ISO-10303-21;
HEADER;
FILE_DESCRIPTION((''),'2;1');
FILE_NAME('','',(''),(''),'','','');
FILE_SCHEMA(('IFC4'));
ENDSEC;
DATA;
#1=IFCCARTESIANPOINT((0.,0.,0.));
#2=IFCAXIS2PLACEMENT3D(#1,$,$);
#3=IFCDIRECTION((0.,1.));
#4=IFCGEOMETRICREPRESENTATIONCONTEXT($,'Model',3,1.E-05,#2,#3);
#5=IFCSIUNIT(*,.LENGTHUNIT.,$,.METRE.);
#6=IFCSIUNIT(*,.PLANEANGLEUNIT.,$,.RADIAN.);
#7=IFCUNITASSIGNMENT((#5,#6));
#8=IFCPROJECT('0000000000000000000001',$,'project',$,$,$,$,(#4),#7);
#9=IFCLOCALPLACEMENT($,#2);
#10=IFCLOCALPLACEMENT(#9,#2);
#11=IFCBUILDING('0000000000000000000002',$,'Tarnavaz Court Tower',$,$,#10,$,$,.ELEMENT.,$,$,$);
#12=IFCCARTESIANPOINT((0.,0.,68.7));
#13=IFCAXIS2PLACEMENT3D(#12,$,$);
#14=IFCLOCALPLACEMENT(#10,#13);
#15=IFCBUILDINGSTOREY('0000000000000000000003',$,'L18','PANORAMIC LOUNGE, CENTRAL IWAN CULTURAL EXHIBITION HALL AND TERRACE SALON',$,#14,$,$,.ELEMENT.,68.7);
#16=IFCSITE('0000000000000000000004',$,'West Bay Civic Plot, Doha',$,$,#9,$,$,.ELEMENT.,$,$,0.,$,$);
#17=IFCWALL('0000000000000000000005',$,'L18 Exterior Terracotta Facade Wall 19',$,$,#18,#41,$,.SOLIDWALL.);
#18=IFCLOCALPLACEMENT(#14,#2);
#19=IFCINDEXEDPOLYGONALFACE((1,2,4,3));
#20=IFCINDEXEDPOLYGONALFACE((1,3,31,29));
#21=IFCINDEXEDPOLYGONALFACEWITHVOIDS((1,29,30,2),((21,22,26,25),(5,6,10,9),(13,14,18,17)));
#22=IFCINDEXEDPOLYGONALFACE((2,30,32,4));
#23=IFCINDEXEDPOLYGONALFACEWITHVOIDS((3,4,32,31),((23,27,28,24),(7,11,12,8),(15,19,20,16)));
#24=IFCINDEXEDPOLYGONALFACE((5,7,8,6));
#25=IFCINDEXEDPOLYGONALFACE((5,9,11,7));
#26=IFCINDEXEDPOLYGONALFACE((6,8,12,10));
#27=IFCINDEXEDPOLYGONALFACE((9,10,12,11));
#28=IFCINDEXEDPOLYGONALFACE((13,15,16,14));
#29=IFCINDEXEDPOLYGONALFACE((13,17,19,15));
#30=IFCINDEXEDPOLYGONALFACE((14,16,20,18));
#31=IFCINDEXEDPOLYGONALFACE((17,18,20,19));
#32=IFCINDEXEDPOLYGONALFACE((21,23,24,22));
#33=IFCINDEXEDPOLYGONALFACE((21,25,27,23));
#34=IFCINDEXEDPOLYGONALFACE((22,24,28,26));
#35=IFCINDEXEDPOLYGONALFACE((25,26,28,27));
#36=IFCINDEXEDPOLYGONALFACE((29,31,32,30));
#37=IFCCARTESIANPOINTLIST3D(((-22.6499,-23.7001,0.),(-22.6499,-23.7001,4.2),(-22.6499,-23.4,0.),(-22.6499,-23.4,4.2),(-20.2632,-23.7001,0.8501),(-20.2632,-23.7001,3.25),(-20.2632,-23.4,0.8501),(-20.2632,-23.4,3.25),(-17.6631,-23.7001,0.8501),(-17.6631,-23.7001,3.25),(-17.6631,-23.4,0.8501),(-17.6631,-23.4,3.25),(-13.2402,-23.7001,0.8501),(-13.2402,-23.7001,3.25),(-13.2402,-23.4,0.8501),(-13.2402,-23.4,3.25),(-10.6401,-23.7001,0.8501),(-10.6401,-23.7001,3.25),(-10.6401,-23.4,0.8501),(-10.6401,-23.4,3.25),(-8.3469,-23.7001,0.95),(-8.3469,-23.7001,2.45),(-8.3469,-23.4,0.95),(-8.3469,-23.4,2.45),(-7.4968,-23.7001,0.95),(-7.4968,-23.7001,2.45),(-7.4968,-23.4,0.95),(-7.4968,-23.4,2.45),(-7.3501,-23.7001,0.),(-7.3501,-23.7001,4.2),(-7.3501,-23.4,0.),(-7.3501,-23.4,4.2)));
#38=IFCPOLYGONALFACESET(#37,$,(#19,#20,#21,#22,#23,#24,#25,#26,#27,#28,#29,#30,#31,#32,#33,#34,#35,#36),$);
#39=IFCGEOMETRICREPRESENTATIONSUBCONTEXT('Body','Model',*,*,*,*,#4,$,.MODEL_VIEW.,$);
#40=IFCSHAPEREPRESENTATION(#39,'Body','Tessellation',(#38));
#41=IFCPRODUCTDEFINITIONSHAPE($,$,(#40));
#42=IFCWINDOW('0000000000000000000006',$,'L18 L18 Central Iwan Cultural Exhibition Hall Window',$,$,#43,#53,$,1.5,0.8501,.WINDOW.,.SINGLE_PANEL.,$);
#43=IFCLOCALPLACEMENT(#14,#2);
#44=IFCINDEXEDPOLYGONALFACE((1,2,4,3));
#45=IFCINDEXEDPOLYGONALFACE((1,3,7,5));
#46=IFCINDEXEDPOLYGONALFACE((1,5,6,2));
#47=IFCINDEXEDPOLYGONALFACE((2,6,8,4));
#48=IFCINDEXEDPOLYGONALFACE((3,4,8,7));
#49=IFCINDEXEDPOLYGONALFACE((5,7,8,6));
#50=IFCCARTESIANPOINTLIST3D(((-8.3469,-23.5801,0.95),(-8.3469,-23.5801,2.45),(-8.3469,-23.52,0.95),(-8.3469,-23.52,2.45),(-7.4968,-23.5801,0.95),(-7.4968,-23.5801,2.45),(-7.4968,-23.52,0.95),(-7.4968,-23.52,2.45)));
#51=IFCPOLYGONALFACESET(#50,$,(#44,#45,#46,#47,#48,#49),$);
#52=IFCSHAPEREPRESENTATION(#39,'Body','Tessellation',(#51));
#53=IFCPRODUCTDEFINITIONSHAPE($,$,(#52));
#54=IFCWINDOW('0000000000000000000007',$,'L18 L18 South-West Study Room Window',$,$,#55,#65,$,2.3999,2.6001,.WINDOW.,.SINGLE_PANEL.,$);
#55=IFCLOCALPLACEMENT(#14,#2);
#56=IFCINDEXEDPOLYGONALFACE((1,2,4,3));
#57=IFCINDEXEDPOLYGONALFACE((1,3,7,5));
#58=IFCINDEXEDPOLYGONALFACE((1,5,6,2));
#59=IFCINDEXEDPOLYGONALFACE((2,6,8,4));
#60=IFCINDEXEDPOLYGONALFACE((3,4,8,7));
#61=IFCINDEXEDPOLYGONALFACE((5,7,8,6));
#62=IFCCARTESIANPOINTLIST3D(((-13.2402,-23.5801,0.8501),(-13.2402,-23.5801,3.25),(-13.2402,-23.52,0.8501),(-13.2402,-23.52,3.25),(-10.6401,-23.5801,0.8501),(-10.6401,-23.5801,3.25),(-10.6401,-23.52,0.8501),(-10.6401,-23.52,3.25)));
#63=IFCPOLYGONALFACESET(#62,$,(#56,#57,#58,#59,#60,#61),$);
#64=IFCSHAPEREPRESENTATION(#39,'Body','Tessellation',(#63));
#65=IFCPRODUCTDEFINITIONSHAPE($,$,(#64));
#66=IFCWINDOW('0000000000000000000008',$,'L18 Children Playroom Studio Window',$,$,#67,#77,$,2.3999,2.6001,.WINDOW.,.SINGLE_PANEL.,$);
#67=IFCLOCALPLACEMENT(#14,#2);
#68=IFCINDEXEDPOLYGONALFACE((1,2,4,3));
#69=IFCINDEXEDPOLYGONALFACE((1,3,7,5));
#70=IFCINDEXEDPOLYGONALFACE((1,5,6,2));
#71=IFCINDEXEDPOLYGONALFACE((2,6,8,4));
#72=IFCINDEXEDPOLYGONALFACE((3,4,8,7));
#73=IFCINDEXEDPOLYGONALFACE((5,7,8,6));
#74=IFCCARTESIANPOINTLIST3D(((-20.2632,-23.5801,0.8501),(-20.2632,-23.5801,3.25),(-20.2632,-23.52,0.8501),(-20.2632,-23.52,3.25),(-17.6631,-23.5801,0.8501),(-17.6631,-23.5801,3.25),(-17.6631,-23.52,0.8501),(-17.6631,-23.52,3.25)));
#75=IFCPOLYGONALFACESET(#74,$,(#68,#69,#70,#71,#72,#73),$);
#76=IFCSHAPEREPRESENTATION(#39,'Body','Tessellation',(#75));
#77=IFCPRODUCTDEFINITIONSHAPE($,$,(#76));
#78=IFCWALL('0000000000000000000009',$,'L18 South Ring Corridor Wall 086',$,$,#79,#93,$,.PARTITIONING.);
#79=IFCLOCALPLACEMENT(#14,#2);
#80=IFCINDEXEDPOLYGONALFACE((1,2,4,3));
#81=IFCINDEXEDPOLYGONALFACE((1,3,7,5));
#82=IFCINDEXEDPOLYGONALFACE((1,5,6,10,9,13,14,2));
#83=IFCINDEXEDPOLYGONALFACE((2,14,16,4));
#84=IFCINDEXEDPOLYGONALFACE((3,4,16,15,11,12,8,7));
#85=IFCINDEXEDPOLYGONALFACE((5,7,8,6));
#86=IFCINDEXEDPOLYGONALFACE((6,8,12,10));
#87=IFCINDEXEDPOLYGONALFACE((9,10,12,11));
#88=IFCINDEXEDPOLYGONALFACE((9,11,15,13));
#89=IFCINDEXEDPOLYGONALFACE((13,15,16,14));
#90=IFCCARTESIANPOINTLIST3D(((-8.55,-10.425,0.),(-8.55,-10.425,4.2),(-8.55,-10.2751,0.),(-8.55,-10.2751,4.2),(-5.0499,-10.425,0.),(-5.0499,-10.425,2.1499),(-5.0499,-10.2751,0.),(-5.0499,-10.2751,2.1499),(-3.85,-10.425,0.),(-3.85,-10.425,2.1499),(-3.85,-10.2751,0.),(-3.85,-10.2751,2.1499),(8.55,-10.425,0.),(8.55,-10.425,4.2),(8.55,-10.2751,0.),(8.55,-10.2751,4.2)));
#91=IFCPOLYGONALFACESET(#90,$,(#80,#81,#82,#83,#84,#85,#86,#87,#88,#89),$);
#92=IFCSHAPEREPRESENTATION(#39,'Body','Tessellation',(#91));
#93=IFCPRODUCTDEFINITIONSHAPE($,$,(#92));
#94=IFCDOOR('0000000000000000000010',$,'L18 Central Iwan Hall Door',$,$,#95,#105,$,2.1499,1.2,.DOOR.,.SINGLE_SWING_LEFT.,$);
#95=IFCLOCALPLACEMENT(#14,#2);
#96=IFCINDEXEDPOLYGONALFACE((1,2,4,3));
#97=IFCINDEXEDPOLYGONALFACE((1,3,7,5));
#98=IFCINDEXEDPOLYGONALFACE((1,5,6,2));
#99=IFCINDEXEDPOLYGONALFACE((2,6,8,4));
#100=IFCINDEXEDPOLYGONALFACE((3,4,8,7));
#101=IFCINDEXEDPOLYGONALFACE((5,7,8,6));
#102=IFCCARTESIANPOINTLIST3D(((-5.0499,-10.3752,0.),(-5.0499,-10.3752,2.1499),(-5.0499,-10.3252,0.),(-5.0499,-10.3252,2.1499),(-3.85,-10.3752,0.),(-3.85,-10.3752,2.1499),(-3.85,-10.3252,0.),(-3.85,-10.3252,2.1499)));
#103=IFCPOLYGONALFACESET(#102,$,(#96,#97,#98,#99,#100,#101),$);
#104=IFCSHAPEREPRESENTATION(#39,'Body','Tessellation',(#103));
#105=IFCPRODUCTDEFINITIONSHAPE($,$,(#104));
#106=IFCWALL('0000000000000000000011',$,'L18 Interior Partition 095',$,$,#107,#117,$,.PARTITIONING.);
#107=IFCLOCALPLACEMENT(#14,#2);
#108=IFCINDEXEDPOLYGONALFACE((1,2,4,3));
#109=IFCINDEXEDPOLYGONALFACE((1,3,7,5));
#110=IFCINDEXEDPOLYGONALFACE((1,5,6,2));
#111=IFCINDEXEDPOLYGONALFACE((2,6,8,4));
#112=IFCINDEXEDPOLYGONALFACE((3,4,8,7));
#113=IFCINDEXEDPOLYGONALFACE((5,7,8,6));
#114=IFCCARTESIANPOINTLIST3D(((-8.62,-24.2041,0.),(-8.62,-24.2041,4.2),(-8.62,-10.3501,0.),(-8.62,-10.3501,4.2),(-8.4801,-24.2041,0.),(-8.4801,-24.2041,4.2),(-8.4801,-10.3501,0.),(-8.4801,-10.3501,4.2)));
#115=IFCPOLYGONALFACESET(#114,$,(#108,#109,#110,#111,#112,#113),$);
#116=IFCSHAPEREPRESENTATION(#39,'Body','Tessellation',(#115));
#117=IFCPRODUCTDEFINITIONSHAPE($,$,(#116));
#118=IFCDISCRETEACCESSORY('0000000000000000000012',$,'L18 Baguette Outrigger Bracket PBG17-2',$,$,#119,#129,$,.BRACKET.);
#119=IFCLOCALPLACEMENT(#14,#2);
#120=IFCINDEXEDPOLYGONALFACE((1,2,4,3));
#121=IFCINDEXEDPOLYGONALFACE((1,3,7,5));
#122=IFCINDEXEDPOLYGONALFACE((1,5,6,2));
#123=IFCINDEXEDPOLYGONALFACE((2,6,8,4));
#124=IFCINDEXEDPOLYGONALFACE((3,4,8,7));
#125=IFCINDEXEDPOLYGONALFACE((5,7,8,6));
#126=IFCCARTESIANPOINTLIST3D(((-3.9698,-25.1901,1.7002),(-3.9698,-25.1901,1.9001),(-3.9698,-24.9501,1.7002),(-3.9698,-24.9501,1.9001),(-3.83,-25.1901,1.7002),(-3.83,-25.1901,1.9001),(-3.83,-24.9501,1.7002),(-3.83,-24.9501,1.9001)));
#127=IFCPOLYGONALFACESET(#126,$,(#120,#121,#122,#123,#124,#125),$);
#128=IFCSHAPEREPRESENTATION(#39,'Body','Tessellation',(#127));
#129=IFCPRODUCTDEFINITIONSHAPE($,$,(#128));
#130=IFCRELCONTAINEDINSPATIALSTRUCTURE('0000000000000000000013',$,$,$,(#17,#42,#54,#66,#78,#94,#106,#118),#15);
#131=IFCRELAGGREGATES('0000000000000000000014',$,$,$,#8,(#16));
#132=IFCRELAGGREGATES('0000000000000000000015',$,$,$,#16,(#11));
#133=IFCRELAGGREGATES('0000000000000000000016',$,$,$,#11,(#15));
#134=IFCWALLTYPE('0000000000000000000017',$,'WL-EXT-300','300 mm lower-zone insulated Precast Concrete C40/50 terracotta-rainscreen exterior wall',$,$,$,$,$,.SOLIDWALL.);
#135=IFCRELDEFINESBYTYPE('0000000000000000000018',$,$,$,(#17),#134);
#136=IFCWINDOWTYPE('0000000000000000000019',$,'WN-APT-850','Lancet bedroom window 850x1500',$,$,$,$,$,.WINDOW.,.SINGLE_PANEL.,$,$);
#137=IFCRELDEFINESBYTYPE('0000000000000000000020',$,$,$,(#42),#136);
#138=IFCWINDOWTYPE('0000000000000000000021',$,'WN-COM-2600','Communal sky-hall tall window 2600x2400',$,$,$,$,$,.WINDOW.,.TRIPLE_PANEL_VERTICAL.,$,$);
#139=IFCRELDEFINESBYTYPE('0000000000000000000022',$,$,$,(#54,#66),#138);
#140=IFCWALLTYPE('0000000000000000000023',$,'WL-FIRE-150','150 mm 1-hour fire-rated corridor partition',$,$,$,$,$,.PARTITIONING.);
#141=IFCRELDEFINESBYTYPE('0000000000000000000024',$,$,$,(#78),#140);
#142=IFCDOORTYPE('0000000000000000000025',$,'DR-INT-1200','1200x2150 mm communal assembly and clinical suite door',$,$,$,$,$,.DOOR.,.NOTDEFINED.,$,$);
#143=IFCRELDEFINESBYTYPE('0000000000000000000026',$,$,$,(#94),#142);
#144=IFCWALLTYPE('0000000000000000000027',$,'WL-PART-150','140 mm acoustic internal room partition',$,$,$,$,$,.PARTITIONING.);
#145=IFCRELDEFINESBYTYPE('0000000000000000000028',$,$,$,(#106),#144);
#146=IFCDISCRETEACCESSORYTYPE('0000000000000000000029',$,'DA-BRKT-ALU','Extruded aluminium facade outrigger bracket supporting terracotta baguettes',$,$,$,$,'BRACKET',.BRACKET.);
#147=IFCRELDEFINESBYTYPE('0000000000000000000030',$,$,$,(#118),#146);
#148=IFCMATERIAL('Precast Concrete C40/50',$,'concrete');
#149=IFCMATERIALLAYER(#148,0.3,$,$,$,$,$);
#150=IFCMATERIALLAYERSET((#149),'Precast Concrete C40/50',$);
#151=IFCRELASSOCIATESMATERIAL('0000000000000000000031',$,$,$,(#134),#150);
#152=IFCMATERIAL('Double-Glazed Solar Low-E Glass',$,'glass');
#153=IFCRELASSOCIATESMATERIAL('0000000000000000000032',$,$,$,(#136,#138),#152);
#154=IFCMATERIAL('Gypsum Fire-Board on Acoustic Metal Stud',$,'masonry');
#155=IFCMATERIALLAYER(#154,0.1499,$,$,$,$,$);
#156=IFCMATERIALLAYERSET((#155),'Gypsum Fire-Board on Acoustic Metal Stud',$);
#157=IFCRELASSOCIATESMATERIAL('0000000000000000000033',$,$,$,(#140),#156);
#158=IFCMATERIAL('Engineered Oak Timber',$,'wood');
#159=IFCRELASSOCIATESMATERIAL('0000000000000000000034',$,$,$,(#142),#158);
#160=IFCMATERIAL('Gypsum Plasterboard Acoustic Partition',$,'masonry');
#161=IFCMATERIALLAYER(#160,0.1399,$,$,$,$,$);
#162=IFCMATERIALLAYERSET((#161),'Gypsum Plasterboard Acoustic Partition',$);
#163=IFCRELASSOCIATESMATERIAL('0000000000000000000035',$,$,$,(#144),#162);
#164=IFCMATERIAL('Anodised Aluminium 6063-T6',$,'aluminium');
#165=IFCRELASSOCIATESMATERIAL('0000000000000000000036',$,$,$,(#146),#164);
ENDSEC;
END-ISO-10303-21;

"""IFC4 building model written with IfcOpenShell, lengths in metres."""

from ifc_helpers import new_model, si_unit, direction, frame, frame_2d, origin, origin_2d, place, context, subcontext, project, spatial, rectangle, extrude, material, layer, layer_set, type_object, element, fill, save


model = new_model("IFC4")

# Units and contexts
model_context = context("Model", 3, precision=1e-05, world=origin(), true_north=direction((0.0, 1.0)))
body_context = subcontext(model_context, "Body", "Model", "MODEL_VIEW")
ifc_project = project(units=[si_unit("LENGTHUNIT", "METRE"), si_unit("PLANEANGLEUNIT", "RADIAN")], contexts=[model_context])

# Site, building, storey
site_placement = place(None, origin())
site = spatial("IfcSite", under=ifc_project, at=site_placement, Name="West Bay Civic Plot, Doha", CompositionType="ELEMENT", RefElevation=0.0)
building_placement = place(site_placement, origin())
building = spatial("IfcBuilding", under=site, at=building_placement, Name="Tarnavaz Court Tower", CompositionType="ELEMENT")
storey_placement = place(building_placement, frame((0.0, 0.0, 68.7)))
storey = spatial("IfcBuildingStorey", under=building, at=storey_placement, Name="L18", Description="PANORAMIC LOUNGE, CENTRAL IWAN CULTURAL EXHIBITION HALL AND TERRACE SALON", CompositionType="ELEMENT", Elevation=68.7)

# Shared definitions
ifc_material_1 = material(Name="Anodised Aluminium 6063-T6", Category="aluminium")
ifc_material_2 = material(Name="Double-Glazed Solar Low-E Glass", Category="glass")

# Shared definitions
ifc_material_3 = material(Name="Precast Concrete C40/50", Category="concrete")
ifc_layer_1 = layer(ifc_material_3, 0.3)
ifc_layer_set_1 = layer_set([ifc_layer_1], Name="Precast Concrete C40/50")
wall_type_1 = type_object("IfcWallType", Name="WL-EXT-300", Description="300 mm lower-zone insulated Precast Concrete C40/50 terracotta-rainscreen exterior wall", PredefinedType="SOLIDWALL", material=ifc_layer_set_1)

# Wall, openings, windows
wall_1_placement = place(storey_placement, frame((-7.3501, -23.55, 0.0), z_axis=(0.0, 0.0, 1.0), x_axis=(-1.0, 0.0, 0.0)))
wall_1 = element("IfcWall", 1, at=wall_1_placement, inside=storey, type_object=wall_type_1, Name="L18 Exterior Terracotta Facade Wall 19", PredefinedType="SOLIDWALL", context=body_context, shape_type="SweptSolid", body=[
    extrude(rectangle(XDim=15.2998, YDim=0.3, at=frame_2d((7.6499, 0.0))), origin(), (0.0, 0.0, 1.0), 4.2),
])
opening_1_placement = place(wall_1_placement, frame((0.1467, 0.0, 0.95)))
opening_1 = element("IfcOpeningElement", 2, at=opening_1_placement, cuts=wall_1, PredefinedType="OPENING", context=body_context, shape_type="SweptSolid", body=[
    extrude(rectangle(XDim=0.8501, YDim=1.5, at=frame_2d((0.425, 0.75))), frame((0.0, 0.1599, 0.0), z_axis=(0.0, -1.0, 0.0), x_axis=(1.0, 0.0, 0.0)), (0.0, 0.0, 1.0), 0.3201),
])
opening_2_placement = place(wall_1_placement, frame((3.29, 0.0, 0.8501)))
opening_2 = element("IfcOpeningElement", 3, at=opening_2_placement, cuts=wall_1, PredefinedType="OPENING", context=body_context, shape_type="SweptSolid", body=[
    extrude(rectangle(XDim=2.6001, YDim=2.3999, at=frame_2d((1.3, 1.2))), frame((0.0, 0.1599, 0.0), z_axis=(0.0, -1.0, 0.0), x_axis=(1.0, 0.0, 0.0)), (0.0, 0.0, 1.0), 0.3201),
])
opening_3_placement = place(wall_1_placement, frame((10.313, 0.0, 0.8501)))
opening_3 = element("IfcOpeningElement", 4, at=opening_3_placement, cuts=wall_1, PredefinedType="OPENING", context=body_context, shape_type="SweptSolid", body=[
    extrude(rectangle(XDim=2.6001, YDim=2.3999, at=frame_2d((1.3, 1.2))), frame((0.0, 0.1599, 0.0), z_axis=(0.0, -1.0, 0.0), x_axis=(1.0, 0.0, 0.0)), (0.0, 0.0, 1.0), 0.3201),
])
window_type_1 = type_object("IfcWindowType", Name="WN-APT-850", Description="Lancet bedroom window 850x1500", PartitioningType="SINGLE_PANEL", PredefinedType="WINDOW", material=ifc_material_2)
window_1_placement = place(opening_1_placement, origin())
window_1 = element("IfcWindow", 5, at=window_1_placement, inside=storey, type_object=window_type_1, Name="L18 L18 Central Iwan Cultural Exhibition Hall Window", OverallHeight=1.5, OverallWidth=0.8501, PartitioningType="SINGLE_PANEL", PredefinedType="WINDOW", context=body_context, shape_type="SweptSolid", body=[
    extrude(rectangle(XDim=0.8501, YDim=1.5, at=frame_2d((0.425, 0.75))), frame((0.0, 0.03, 0.0), z_axis=(0.0, -1.0, 0.0), x_axis=(1.0, 0.0, 0.0)), (0.0, 0.0, 1.0), 0.0601),
])
fill(opening_1, window_1)
window_type_2 = type_object("IfcWindowType", Name="WN-COM-2600", Description="Communal sky-hall tall window 2600x2400", PartitioningType="TRIPLE_PANEL_VERTICAL", PredefinedType="WINDOW", material=ifc_material_2)
window_2_placement = place(opening_2_placement, origin())
window_2 = element("IfcWindow", 6, at=window_2_placement, inside=storey, type_object=window_type_2, Name="L18 L18 South-West Study Room Window", OverallHeight=2.3999, OverallWidth=2.6001, PartitioningType="SINGLE_PANEL", PredefinedType="WINDOW", context=body_context, shape_type="SweptSolid", body=[
    extrude(rectangle(XDim=2.6001, YDim=2.3999, at=frame_2d((1.3, 1.2))), frame((0.0, 0.03, 0.0), z_axis=(0.0, -1.0, 0.0), x_axis=(1.0, 0.0, 0.0)), (0.0, 0.0, 1.0), 0.0601),
])
fill(opening_2, window_2)
window_3_placement = place(opening_3_placement, origin())
window_3 = element("IfcWindow", 7, at=window_3_placement, inside=storey, type_object=window_type_2, Name="L18 Children Playroom Studio Window", OverallHeight=2.3999, OverallWidth=2.6001, PartitioningType="SINGLE_PANEL", PredefinedType="WINDOW", context=body_context, shape_type="SweptSolid", body=[
    extrude(rectangle(XDim=2.6001, YDim=2.3999, at=frame_2d((1.3, 1.2))), frame((0.0, 0.03, 0.0), z_axis=(0.0, -1.0, 0.0), x_axis=(1.0, 0.0, 0.0)), (0.0, 0.0, 1.0), 0.0601),
])
fill(opening_3, window_3)

# Wall, opening, door
ifc_material_4 = material(Name="Gypsum Fire-Board on Acoustic Metal Stud", Category="masonry")
ifc_layer_2 = layer(ifc_material_4, 0.1499)
ifc_layer_set_2 = layer_set([ifc_layer_2], Name="Gypsum Fire-Board on Acoustic Metal Stud")
wall_type_2 = type_object("IfcWallType", Name="WL-FIRE-150", Description="150 mm 1-hour fire-rated corridor partition", PredefinedType="PARTITIONING", material=ifc_layer_set_2)
wall_2_placement = place(storey_placement, frame((-8.55, -10.3501, 0.0), z_axis=(0.0, 0.0, 1.0), x_axis=(1.0, 0.0, 0.0)))
wall_2 = element("IfcWall", 8, at=wall_2_placement, inside=storey, type_object=wall_type_2, Name="L18 South Ring Corridor Wall 086", PredefinedType="PARTITIONING", context=body_context, shape_type="SweptSolid", body=[
    extrude(rectangle(XDim=17.1001, YDim=0.1499, at=frame_2d((8.55, 0.0))), origin(), (0.0, 0.0, 1.0), 4.2),
])
opening_4_placement = place(wall_2_placement, frame((3.5, 0.0, 0.0)))
opening_4 = element("IfcOpeningElement", 9, at=opening_4_placement, cuts=wall_2, PredefinedType="OPENING", context=body_context, shape_type="SweptSolid", body=[
    extrude(rectangle(XDim=1.2, YDim=2.1499, at=frame_2d((0.6001, 1.075))), frame((0.0, 0.085, 0.0), z_axis=(0.0, -1.0, 0.0), x_axis=(1.0, 0.0, 0.0)), (0.0, 0.0, 1.0), 0.1699),
])
ifc_material_5 = material(Name="Engineered Oak Timber", Category="wood")
door_type = type_object("IfcDoorType", Name="DR-INT-1200", Description="1200x2150 mm communal assembly and clinical suite door", OperationType="NOTDEFINED", PredefinedType="DOOR", material=ifc_material_5)
door_placement = place(opening_4_placement, origin())
door = element("IfcDoor", 10, at=door_placement, inside=storey, type_object=door_type, Name="L18 Central Iwan Hall Door", OperationType="SINGLE_SWING_LEFT", OverallHeight=2.1499, OverallWidth=1.2, PredefinedType="DOOR", context=body_context, shape_type="SweptSolid", body=[
    extrude(rectangle(XDim=1.2, YDim=2.1499, at=frame_2d((0.6001, 1.075))), frame((0.0, 0.0249, 0.0), z_axis=(0.0, -1.0, 0.0), x_axis=(1.0, 0.0, 0.0)), (0.0, 0.0, 1.0), 0.05),
])
fill(opening_4, door)

# Wall
ifc_material_6 = material(Name="Gypsum Plasterboard Acoustic Partition", Category="masonry")
ifc_layer_3 = layer(ifc_material_6, 0.1399)
ifc_layer_set_3 = layer_set([ifc_layer_3], Name="Gypsum Plasterboard Acoustic Partition")
wall_type_3 = type_object("IfcWallType", Name="WL-PART-150", Description="140 mm acoustic internal room partition", PredefinedType="PARTITIONING", material=ifc_layer_set_3)
wall_3_placement = place(storey_placement, frame((-8.55, -24.2041, 0.0), z_axis=(0.0, 0.0, 1.0), x_axis=(0.0, 1.0, 0.0)))
element("IfcWall", 11, at=wall_3_placement, inside=storey, type_object=wall_type_3, Name="L18 Interior Partition 095", PredefinedType="PARTITIONING", context=body_context, shape_type="SweptSolid", body=[
    extrude(rectangle(XDim=13.854, YDim=0.1399, at=frame_2d((6.927, 0.0))), origin(), (0.0, 0.0, 1.0), 4.2),
])

# Discrete accessory
discrete_accessory_type = type_object("IfcDiscreteAccessoryType", Name="DA-BRKT-ALU", Description="Extruded aluminium facade outrigger bracket supporting terracotta baguettes", ElementType="BRACKET", PredefinedType="BRACKET", material=ifc_material_1)
discrete_accessory_placement = place(storey_placement, frame((-3.8999, -25.0701, 1.7002), z_axis=(0.0, 0.0, 1.0), x_axis=(-1.0, 0.0, 0.0)))
element("IfcDiscreteAccessory", 12, at=discrete_accessory_placement, inside=storey, type_object=discrete_accessory_type, Name="L18 Baguette Outrigger Bracket PBG17-2", PredefinedType="BRACKET", context=body_context, shape_type="SweptSolid", body=[
    extrude(rectangle(XDim=0.1399, YDim=0.24, at=origin_2d()), origin(), (0.0, 0.0, 1.0), 0.2),
])

save(model, "model.ifc")
